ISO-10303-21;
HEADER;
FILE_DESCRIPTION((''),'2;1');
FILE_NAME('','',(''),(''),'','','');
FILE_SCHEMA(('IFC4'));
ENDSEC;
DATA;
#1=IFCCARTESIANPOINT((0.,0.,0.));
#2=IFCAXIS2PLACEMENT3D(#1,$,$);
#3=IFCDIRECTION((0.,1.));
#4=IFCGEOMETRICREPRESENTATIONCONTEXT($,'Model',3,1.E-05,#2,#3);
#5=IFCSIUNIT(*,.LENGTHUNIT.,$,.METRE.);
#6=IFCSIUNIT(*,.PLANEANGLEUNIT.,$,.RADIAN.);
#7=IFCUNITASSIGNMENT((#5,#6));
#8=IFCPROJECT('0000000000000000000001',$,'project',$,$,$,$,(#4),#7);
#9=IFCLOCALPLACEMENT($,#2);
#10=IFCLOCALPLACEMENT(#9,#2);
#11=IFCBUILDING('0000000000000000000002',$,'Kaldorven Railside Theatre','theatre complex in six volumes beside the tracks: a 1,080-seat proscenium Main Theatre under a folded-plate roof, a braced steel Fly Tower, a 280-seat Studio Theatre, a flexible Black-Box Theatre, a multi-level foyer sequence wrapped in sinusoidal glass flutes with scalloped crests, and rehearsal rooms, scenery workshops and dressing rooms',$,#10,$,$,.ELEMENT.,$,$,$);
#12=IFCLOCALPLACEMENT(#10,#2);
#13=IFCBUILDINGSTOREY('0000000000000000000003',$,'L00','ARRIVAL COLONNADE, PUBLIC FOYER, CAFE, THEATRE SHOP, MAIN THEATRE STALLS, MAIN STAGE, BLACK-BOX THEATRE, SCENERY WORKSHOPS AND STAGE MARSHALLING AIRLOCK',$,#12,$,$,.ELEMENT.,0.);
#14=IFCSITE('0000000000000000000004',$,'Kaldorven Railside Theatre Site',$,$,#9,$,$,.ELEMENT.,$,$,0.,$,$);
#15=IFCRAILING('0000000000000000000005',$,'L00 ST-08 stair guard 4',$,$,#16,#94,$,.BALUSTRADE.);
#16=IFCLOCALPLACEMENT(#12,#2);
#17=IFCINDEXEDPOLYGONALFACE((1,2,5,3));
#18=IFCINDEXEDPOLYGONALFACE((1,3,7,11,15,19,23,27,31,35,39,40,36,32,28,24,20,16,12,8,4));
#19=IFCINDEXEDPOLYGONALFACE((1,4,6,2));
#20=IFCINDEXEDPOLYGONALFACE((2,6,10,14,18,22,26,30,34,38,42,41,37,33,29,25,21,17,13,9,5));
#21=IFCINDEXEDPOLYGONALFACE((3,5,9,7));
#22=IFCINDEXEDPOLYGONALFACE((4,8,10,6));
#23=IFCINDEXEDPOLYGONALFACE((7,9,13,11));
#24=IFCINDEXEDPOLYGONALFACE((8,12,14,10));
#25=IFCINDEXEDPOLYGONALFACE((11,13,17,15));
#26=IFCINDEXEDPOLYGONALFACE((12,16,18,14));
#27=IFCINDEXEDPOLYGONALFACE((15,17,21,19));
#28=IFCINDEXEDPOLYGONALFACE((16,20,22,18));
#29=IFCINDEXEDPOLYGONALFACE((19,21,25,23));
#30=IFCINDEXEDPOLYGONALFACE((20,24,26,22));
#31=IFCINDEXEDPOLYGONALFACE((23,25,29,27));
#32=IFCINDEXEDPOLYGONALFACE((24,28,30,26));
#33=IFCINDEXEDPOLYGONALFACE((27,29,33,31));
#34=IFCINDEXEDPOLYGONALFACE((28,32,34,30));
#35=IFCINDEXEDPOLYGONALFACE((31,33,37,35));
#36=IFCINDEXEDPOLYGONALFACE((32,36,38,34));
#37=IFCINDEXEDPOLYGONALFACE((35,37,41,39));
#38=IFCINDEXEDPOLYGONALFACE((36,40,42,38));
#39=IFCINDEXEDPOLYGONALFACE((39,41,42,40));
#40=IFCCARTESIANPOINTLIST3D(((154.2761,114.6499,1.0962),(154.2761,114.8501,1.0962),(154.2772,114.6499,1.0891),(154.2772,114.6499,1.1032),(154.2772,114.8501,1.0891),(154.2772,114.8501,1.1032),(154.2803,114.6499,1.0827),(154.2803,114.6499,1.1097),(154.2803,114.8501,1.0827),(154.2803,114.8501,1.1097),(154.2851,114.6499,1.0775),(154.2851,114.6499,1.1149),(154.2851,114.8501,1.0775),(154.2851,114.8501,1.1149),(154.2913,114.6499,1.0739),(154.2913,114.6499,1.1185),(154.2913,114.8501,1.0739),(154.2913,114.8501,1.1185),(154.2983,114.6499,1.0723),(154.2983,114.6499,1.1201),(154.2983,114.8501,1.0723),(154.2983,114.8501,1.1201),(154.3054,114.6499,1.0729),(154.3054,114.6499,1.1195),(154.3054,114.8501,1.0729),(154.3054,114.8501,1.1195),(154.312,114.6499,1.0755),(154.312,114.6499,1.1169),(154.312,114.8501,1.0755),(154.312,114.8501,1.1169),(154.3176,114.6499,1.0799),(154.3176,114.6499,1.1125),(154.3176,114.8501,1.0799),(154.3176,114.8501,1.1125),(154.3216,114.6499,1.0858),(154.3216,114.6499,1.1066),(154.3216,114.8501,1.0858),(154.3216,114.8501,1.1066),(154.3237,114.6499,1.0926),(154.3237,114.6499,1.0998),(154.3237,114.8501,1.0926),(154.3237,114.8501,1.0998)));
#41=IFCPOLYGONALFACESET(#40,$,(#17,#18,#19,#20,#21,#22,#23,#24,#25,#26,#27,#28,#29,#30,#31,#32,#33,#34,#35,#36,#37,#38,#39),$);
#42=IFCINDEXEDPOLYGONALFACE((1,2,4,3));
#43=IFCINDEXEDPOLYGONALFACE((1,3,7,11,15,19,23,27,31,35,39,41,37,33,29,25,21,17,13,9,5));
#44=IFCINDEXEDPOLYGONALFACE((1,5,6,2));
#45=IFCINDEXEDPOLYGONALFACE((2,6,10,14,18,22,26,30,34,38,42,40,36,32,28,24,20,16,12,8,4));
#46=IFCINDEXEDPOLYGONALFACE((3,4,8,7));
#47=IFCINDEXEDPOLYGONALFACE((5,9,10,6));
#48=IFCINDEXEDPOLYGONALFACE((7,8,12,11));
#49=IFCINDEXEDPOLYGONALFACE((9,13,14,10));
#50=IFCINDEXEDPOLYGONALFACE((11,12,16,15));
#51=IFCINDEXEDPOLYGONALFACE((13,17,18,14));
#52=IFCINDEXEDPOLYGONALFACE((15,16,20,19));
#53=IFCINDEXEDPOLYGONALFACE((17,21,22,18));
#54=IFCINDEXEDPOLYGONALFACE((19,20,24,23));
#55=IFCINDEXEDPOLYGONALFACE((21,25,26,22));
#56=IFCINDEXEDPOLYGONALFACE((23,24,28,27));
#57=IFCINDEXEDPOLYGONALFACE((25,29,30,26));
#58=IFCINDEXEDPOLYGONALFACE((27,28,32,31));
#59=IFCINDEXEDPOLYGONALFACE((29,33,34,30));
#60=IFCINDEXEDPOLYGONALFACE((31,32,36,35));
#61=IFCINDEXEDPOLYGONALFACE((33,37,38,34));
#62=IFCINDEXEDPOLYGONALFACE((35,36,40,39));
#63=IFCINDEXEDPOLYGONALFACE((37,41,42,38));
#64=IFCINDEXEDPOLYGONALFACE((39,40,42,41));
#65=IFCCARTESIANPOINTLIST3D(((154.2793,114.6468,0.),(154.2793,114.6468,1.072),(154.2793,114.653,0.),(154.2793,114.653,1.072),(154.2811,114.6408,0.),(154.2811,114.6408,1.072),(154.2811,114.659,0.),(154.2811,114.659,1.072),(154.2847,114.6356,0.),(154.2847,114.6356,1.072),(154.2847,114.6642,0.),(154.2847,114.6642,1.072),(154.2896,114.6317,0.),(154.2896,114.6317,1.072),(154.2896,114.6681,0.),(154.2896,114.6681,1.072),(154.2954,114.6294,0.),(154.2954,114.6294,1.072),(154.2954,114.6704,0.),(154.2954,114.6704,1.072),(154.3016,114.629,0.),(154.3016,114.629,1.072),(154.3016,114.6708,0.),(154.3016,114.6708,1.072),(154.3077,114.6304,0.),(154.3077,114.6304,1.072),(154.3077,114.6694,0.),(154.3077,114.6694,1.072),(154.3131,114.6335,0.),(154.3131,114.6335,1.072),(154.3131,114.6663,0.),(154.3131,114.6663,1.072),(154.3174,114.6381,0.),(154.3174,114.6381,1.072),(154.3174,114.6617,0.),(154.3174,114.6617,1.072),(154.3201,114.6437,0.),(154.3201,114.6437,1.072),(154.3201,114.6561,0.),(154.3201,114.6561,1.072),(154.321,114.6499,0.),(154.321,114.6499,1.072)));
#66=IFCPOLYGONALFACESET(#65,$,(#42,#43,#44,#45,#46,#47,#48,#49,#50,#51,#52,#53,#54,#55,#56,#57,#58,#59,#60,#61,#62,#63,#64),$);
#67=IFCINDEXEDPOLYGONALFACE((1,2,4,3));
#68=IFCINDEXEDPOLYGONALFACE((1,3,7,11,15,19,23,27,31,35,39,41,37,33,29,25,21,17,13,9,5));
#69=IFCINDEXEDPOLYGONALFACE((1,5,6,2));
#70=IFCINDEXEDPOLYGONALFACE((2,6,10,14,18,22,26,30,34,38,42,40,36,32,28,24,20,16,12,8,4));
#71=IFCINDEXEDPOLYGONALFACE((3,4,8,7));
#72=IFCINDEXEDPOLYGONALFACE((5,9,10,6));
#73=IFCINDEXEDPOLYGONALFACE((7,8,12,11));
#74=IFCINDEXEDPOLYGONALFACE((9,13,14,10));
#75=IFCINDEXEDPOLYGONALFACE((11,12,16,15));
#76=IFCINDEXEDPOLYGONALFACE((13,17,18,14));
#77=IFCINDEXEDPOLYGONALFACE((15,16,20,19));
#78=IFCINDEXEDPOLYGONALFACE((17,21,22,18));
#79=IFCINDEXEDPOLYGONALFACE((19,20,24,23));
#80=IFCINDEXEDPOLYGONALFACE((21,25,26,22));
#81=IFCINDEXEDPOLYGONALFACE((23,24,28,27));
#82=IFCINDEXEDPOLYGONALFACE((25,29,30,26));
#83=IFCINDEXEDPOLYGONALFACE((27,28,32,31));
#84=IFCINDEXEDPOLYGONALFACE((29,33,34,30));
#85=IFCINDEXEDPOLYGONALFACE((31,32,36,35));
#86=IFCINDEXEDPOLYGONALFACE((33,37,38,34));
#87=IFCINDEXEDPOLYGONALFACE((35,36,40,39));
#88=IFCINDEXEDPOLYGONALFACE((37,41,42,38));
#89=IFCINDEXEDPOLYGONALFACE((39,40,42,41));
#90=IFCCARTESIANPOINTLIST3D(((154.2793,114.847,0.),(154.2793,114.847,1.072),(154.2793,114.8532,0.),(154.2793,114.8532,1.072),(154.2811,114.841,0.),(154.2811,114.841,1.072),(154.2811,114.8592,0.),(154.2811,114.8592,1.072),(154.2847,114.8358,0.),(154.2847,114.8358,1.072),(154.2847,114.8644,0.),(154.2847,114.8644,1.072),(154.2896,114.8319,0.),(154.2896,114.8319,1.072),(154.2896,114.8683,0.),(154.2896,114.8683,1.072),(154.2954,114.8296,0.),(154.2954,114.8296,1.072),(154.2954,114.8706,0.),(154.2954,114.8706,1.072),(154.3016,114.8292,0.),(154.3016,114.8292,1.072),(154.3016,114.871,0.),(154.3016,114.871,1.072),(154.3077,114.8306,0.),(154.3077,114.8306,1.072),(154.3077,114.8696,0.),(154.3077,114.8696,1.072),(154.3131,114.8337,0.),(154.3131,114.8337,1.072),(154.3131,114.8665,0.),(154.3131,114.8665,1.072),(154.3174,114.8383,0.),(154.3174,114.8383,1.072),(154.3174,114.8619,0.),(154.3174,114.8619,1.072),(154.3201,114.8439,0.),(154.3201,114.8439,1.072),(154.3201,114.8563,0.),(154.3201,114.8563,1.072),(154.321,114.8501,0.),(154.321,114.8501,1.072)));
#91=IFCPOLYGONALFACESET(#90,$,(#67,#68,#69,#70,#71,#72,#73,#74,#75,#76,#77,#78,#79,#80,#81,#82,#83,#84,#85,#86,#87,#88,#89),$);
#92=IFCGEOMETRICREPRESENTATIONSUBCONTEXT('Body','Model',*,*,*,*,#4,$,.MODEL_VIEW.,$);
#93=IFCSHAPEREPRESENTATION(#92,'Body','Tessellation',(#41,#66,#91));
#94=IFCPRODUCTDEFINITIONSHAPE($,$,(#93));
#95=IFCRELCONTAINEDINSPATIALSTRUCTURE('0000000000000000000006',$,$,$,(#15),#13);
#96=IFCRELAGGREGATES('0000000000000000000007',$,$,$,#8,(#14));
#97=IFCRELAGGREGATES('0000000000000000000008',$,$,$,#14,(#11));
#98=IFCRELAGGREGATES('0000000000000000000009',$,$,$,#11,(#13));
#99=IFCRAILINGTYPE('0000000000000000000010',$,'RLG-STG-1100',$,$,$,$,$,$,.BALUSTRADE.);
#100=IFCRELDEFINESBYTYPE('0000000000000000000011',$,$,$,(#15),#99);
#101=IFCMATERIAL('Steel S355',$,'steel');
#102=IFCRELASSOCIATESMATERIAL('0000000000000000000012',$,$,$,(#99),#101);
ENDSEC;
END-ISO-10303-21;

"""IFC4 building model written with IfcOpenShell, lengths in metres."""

from ifc_helpers import new_model, si_unit, direction, frame, origin, origin_2d, place, context, subcontext, project, spatial, circle, extrude, material, type_object, element, save


model = new_model("IFC4")

# Units and contexts
model_context = context("Model", 3, precision=1e-05, world=origin(), true_north=direction((0.0, 1.0)))
body_context = subcontext(model_context, "Body", "Model", "MODEL_VIEW")
ifc_project = project(units=[si_unit("LENGTHUNIT", "METRE"), si_unit("PLANEANGLEUNIT", "RADIAN")], contexts=[model_context])

# Site, building, storey
site_placement = place(None, origin())
site = spatial("IfcSite", under=ifc_project, at=site_placement, Name="Kaldorven Railside Theatre Site", CompositionType="ELEMENT", RefElevation=0.0)
building_placement = place(site_placement, origin())
building = spatial("IfcBuilding", under=site, at=building_placement, Name="Kaldorven Railside Theatre", Description="theatre complex in six volumes beside the tracks: a 1,080-seat proscenium Main Theatre under a folded-plate roof, a braced steel Fly Tower, a 280-seat Studio Theatre, a flexible Black-Box Theatre, a multi-level foyer sequence wrapped in sinusoidal glass flutes with scalloped crests, and rehearsal rooms, scenery workshops and dressing rooms", CompositionType="ELEMENT")
storey_placement = place(building_placement, origin())
storey = spatial("IfcBuildingStorey", under=building, at=storey_placement, Name="L00", Description="ARRIVAL COLONNADE, PUBLIC FOYER, CAFE, THEATRE SHOP, MAIN THEATRE STALLS, MAIN STAGE, BLACK-BOX THEATRE, SCENERY WORKSHOPS AND STAGE MARSHALLING AIRLOCK", CompositionType="ELEMENT", Elevation=0.0)

# Shared definitions
ifc_material_1 = material(Name="Steel S355", Category="steel")

# Railing
railing_type_1 = type_object("IfcRailingType", Name="RLG-STG-1100", PredefinedType="BALUSTRADE", material=ifc_material_1)
railing_placement = place(storey_placement, frame((154.3, 114.6499, 0.0)))
element("IfcRailing", 1, at=railing_placement, inside=storey, type_object=railing_type_1, Name="L00 ST-08 stair guard 4", PredefinedType="BALUSTRADE", context=body_context, shape_type="SweptSolid", body=[
    extrude(circle(Radius=0.0239, at=origin_2d()), frame((0.0, 0.0, 1.0962), z_axis=(0.0, 1.0, 0.0), x_axis=(-1.0, 0.0, 0.0)), (0.0, 0.0, 1.0), 0.2002),
    extrude(circle(Radius=0.021, at=origin_2d()), origin(), (0.0, 0.0, 1.0), 1.072),
    extrude(circle(Radius=0.021, at=origin_2d()), frame((0.0, 0.2002, 0.0)), (0.0, 0.0, 1.0), 1.072),
])

save(model, "model.ifc")
